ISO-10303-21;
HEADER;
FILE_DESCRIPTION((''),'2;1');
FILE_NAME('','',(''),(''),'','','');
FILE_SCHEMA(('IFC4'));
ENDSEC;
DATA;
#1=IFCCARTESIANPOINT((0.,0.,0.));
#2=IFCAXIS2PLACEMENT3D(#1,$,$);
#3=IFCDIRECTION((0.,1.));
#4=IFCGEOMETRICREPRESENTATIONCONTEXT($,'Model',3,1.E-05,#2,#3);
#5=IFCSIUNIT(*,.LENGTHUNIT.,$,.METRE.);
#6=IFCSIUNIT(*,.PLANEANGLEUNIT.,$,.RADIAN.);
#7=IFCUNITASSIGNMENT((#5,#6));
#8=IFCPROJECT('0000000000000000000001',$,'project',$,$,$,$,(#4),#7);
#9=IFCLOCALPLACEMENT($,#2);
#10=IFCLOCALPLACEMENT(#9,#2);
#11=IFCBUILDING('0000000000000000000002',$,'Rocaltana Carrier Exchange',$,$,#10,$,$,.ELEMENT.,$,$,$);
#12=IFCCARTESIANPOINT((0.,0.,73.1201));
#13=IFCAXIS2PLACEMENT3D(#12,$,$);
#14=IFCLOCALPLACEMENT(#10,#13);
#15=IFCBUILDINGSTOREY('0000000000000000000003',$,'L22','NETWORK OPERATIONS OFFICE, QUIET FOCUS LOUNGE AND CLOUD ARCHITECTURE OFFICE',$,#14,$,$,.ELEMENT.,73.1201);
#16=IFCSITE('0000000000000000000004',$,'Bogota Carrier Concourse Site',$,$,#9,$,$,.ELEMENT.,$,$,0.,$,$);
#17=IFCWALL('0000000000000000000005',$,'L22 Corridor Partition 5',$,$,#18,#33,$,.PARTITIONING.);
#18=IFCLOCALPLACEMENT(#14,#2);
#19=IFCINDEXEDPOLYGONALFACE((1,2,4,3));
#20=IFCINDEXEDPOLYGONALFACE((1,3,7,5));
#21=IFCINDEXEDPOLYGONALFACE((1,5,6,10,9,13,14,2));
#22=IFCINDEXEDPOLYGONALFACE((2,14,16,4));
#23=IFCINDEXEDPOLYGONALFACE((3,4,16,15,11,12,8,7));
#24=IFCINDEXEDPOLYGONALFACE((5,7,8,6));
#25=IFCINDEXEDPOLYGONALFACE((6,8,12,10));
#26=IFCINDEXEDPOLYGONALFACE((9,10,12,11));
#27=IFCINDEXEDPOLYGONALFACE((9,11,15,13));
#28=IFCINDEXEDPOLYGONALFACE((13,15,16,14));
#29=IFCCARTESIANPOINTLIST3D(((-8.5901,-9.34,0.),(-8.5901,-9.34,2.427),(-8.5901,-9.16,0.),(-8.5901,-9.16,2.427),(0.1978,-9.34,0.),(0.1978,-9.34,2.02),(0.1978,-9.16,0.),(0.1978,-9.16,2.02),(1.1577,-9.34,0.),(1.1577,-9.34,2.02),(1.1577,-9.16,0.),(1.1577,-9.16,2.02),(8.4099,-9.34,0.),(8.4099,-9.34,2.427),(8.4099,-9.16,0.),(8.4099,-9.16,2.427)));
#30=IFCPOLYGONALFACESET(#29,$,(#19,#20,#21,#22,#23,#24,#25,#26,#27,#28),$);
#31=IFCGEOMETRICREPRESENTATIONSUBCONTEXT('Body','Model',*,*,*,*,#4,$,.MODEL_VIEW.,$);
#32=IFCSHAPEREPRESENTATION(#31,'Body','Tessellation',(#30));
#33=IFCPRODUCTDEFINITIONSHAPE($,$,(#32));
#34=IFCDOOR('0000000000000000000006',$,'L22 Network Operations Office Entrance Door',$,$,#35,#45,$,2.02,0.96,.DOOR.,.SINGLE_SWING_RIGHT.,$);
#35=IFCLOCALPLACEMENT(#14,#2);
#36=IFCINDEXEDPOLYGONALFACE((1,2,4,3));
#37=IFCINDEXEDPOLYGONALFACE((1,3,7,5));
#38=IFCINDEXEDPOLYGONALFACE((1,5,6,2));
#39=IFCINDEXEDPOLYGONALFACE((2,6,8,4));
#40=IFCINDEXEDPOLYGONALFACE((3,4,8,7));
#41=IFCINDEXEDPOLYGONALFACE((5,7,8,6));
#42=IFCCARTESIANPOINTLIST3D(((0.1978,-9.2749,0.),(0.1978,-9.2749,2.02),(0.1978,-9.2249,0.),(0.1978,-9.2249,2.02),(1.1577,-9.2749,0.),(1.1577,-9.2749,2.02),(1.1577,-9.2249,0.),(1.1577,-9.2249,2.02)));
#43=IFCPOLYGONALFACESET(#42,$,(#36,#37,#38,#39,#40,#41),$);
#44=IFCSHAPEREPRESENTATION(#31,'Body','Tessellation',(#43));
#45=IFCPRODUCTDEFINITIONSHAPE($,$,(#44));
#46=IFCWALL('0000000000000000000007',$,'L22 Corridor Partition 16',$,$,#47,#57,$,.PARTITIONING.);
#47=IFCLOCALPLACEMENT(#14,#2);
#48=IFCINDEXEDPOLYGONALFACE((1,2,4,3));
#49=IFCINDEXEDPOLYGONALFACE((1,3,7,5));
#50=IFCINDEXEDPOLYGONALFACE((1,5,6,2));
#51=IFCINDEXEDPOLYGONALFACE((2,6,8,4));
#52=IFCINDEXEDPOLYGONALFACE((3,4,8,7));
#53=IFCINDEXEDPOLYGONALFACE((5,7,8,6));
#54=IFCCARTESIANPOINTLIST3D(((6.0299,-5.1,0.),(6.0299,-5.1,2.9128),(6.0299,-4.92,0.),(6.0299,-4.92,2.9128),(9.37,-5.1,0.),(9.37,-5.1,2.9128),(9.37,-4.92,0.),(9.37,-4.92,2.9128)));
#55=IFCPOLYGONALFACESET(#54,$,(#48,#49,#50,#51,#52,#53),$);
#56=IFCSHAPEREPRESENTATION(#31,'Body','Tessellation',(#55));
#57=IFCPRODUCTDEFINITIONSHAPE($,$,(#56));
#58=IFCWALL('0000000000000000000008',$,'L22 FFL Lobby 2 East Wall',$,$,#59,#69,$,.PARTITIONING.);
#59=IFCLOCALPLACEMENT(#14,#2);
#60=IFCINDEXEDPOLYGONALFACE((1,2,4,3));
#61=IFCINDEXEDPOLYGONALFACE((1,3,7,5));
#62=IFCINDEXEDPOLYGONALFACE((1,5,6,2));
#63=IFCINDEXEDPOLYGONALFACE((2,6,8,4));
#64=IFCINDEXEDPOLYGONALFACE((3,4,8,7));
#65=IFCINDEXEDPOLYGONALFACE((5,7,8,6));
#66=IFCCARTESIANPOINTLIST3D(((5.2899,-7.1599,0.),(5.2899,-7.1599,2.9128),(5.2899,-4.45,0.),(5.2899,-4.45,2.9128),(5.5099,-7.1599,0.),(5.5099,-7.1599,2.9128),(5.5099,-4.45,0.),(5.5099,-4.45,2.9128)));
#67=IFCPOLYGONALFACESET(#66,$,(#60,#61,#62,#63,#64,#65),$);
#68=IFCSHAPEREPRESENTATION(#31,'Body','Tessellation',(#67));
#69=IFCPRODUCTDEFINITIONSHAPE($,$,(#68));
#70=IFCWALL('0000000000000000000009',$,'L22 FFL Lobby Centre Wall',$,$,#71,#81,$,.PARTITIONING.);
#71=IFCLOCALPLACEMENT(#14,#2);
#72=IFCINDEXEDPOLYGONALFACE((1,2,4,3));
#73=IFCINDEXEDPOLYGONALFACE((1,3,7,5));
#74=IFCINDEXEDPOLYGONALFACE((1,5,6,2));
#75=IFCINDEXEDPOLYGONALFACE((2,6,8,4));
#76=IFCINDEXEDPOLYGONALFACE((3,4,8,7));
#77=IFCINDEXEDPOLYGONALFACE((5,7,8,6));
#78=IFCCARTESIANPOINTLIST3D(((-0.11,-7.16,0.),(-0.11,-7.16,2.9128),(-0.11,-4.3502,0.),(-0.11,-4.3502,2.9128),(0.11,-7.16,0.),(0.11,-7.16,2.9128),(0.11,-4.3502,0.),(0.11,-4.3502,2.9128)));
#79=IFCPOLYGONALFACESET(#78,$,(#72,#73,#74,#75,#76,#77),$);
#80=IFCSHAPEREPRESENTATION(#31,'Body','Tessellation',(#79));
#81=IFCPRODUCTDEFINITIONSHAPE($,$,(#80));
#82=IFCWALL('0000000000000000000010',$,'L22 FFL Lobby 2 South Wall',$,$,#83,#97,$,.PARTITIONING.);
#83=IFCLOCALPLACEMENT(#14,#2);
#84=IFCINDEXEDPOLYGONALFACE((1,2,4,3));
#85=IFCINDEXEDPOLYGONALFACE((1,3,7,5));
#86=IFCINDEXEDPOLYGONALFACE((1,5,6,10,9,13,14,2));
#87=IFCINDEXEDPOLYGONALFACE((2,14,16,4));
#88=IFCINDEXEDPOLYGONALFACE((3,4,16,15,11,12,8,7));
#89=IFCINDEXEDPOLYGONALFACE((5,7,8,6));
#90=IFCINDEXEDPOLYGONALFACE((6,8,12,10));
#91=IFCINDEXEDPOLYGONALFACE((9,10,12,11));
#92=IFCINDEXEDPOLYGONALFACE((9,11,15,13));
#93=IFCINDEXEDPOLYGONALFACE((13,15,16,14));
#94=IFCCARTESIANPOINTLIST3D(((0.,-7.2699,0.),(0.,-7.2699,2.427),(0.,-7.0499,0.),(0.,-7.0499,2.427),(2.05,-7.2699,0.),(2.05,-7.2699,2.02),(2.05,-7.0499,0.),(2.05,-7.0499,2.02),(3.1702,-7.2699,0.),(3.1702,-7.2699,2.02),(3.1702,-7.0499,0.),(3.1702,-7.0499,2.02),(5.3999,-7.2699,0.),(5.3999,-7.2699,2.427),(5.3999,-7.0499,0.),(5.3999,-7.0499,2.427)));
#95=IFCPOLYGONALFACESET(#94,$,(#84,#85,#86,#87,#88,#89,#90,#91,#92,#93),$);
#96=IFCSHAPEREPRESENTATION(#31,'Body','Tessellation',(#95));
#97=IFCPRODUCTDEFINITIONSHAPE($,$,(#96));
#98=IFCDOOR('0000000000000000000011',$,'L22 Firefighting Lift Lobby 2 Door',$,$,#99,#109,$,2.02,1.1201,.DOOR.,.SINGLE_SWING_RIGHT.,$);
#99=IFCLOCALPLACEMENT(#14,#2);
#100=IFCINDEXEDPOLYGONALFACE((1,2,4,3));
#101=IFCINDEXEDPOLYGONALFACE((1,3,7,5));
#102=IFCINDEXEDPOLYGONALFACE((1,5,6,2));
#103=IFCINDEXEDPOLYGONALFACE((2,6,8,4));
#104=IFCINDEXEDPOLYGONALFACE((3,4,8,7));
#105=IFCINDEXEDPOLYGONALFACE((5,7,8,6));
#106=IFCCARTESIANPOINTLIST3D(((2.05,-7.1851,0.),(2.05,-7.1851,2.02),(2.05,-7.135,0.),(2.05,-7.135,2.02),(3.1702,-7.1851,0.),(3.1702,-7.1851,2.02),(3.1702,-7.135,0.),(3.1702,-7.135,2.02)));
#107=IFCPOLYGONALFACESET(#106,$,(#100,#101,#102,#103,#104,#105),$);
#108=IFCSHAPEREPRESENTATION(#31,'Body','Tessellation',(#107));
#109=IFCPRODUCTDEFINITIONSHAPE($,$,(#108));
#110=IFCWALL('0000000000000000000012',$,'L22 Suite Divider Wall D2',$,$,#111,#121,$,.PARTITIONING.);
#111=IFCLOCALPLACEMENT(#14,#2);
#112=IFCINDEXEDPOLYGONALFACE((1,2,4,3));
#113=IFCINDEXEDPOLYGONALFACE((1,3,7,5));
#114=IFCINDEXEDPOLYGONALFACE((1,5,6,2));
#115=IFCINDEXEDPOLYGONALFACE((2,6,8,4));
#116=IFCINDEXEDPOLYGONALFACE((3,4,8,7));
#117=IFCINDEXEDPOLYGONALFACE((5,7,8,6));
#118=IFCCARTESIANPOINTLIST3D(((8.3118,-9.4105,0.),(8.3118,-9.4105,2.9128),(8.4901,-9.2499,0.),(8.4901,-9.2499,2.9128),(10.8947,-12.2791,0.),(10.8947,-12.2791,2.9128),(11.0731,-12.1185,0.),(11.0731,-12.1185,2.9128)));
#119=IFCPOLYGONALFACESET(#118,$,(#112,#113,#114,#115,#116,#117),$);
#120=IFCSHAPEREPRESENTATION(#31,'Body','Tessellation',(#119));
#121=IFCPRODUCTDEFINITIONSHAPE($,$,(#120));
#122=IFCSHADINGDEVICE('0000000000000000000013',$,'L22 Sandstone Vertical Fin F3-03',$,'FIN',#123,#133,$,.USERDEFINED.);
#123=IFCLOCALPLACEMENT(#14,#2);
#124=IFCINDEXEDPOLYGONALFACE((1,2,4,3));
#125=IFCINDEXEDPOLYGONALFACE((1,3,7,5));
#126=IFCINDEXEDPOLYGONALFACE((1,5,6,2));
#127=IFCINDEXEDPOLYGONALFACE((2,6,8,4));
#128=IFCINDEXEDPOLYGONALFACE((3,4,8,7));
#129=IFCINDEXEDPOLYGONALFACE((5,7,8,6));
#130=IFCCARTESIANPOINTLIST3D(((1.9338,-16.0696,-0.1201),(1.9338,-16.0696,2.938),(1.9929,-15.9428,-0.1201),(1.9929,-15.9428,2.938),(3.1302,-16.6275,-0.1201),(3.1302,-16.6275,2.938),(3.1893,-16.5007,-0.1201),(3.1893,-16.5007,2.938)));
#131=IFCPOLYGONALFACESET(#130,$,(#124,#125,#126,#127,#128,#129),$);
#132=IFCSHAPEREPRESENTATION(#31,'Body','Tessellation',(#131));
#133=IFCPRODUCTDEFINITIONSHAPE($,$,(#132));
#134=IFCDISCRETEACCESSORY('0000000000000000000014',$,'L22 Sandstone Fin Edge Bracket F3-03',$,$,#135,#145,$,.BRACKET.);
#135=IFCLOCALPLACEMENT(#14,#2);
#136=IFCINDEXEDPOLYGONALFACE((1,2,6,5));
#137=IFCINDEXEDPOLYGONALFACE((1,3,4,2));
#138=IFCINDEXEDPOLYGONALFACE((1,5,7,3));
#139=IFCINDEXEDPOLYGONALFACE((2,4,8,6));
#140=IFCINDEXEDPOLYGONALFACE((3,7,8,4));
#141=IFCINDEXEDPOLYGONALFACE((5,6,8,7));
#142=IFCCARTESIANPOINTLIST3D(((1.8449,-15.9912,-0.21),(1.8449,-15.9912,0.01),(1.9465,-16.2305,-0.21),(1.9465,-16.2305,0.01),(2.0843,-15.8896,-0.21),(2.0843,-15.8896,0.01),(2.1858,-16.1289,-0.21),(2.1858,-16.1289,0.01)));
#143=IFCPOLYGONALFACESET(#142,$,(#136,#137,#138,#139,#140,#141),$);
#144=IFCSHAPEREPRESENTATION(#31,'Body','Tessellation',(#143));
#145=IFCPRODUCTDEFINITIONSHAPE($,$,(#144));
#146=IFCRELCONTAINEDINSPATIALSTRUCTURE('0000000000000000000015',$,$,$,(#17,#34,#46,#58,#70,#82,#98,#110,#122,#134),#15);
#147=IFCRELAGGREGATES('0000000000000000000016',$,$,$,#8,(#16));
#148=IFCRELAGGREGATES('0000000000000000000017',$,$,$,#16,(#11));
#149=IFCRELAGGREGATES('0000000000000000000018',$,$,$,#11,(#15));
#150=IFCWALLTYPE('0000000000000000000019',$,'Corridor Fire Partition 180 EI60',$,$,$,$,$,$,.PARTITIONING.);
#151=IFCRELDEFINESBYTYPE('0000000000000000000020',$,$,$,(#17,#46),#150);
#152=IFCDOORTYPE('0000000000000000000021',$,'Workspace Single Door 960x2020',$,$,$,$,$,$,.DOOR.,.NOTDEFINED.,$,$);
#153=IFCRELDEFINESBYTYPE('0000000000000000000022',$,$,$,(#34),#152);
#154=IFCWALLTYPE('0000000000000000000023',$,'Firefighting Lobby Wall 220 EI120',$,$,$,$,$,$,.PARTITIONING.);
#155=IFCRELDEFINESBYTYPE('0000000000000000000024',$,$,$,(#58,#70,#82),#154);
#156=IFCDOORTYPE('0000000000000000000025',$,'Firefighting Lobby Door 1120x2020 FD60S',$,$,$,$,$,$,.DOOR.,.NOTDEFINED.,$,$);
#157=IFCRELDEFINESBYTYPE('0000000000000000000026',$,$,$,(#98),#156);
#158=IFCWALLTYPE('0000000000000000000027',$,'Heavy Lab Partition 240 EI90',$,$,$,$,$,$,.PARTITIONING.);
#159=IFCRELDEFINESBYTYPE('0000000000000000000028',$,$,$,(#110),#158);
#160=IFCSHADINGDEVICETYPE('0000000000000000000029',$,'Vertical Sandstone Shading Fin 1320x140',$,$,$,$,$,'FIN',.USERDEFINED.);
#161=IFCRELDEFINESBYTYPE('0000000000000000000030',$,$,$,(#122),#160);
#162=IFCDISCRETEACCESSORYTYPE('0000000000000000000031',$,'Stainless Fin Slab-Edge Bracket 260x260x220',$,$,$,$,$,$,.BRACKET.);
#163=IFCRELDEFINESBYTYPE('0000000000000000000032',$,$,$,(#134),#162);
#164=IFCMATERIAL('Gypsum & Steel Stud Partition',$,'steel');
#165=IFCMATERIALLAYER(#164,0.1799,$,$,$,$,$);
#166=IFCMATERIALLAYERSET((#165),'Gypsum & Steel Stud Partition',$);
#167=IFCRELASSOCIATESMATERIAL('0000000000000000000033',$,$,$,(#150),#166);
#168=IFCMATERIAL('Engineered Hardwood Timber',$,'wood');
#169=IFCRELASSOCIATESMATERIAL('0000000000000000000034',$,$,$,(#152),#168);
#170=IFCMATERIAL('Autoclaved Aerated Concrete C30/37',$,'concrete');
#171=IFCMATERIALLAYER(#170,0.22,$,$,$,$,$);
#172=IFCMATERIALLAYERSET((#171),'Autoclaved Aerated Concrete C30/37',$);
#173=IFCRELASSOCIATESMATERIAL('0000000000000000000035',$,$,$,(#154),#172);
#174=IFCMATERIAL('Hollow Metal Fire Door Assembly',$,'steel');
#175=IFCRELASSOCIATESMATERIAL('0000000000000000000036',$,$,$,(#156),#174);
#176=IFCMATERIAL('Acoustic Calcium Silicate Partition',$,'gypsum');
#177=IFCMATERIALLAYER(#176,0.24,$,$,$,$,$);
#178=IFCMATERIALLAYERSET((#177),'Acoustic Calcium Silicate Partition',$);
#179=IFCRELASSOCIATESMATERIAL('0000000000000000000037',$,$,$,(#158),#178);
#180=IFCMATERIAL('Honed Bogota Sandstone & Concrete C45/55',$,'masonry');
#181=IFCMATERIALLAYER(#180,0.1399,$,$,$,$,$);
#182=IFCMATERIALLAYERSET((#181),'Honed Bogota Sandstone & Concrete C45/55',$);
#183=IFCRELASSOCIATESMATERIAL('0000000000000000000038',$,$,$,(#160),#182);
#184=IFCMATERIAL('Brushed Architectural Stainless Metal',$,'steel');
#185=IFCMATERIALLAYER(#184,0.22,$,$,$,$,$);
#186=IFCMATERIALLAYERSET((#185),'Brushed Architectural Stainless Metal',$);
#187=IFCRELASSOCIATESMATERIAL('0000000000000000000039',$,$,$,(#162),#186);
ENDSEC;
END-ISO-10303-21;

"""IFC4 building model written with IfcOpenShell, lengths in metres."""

from ifc_helpers import new_model, si_unit, direction, frame, frame_2d, origin, origin_2d, place, context, subcontext, project, spatial, rectangle, extrude, material, layer, layer_set, type_object, element, fill, save


model = new_model("IFC4")

# Units and contexts
model_context = context("Model", 3, precision=1e-05, world=origin(), true_north=direction((0.0, 1.0)))
body_context = subcontext(model_context, "Body", "Model", "MODEL_VIEW")
ifc_project = project(units=[si_unit("LENGTHUNIT", "METRE"), si_unit("PLANEANGLEUNIT", "RADIAN")], contexts=[model_context])

# Site, building, storey
site_placement = place(None, origin())
site = spatial("IfcSite", under=ifc_project, at=site_placement, Name="Bogota Carrier Concourse Site", CompositionType="ELEMENT", RefElevation=0.0)
building_placement = place(site_placement, origin())
building = spatial("IfcBuilding", under=site, at=building_placement, Name="Rocaltana Carrier Exchange", CompositionType="ELEMENT")
storey_placement = place(building_placement, frame((0.0, 0.0, 73.1201)))
storey = spatial("IfcBuildingStorey", under=building, at=storey_placement, Name="L22", Description="NETWORK OPERATIONS OFFICE, QUIET FOCUS LOUNGE AND CLOUD ARCHITECTURE OFFICE", CompositionType="ELEMENT", Elevation=73.1201)

# Wall, opening, door
ifc_material_1 = material(Name="Gypsum & Steel Stud Partition", Category="steel")
ifc_layer_1 = layer(ifc_material_1, 0.1799)
ifc_layer_set_1 = layer_set([ifc_layer_1], Name="Gypsum & Steel Stud Partition")
wall_type_1 = type_object("IfcWallType", Name="Corridor Fire Partition 180 EI60", PredefinedType="PARTITIONING", material=ifc_layer_set_1)
wall_1_placement = place(storey_placement, frame((8.4099, -9.25, 0.0), z_axis=(0.0, 0.0, 1.0), x_axis=(-1.0, 0.0, 0.0)))
wall_1 = element("IfcWall", 1, at=wall_1_placement, inside=storey, type_object=wall_type_1, Name="L22 Corridor Partition 5", PredefinedType="PARTITIONING", context=body_context, shape_type="SweptSolid", body=[
    extrude(rectangle(XDim=17.0, YDim=0.1799, at=frame_2d((8.5, 0.0))), origin(), (0.0, 0.0, 1.0), 2.427),
])
opening_1_placement = place(wall_1_placement, frame((7.2522, 0.0, 0.0)))
opening_1 = element("IfcOpeningElement", 2, at=opening_1_placement, cuts=wall_1, PredefinedType="OPENING", context=body_context, shape_type="SweptSolid", body=[
    extrude(rectangle(XDim=0.96, YDim=2.02, at=frame_2d((0.48, 1.01))), frame((0.0, 0.0999, 0.0), z_axis=(0.0, -1.0, 0.0), x_axis=(1.0, 0.0, 0.0)), (0.0, 0.0, 1.0), 0.2),
])
ifc_material_2 = material(Name="Engineered Hardwood Timber", Category="wood")
door_type_1 = type_object("IfcDoorType", Name="Workspace Single Door 960x2020", OperationType="NOTDEFINED", PredefinedType="DOOR", material=ifc_material_2)
door_1_placement = place(opening_1_placement, origin())
door_1 = element("IfcDoor", 3, at=door_1_placement, inside=storey, type_object=door_type_1, Name="L22 Network Operations Office Entrance Door", OperationType="SINGLE_SWING_RIGHT", OverallHeight=2.02, OverallWidth=0.96, PredefinedType="DOOR", context=body_context, shape_type="SweptSolid", body=[
    extrude(rectangle(XDim=0.96, YDim=2.02, at=frame_2d((0.48, 1.01))), frame((0.0, 0.0249, 0.0), z_axis=(0.0, -1.0, 0.0), x_axis=(1.0, 0.0, 0.0)), (0.0, 0.0, 1.0), 0.05),
])
fill(opening_1, door_1)

# Walls
wall_2_placement = place(storey_placement, frame((6.03, -5.01, 0.0), z_axis=(0.0, 0.0, 1.0), x_axis=(1.0, 0.0, 0.0)))
element("IfcWall", 4, at=wall_2_placement, inside=storey, type_object=wall_type_1, Name="L22 Corridor Partition 16", PredefinedType="PARTITIONING", context=body_context, shape_type="SweptSolid", body=[
    extrude(rectangle(XDim=3.3401, YDim=0.1799, at=frame_2d((1.6699, 0.0))), origin(), (0.0, 0.0, 1.0), 2.9128),
])
ifc_material_3 = material(Name="Autoclaved Aerated Concrete C30/37", Category="concrete")
ifc_layer_2 = layer(ifc_material_3, 0.22)
ifc_layer_set_2 = layer_set([ifc_layer_2], Name="Autoclaved Aerated Concrete C30/37")
wall_type_2 = type_object("IfcWallType", Name="Firefighting Lobby Wall 220 EI120", PredefinedType="PARTITIONING", material=ifc_layer_set_2)
wall_3_placement = place(storey_placement, frame((5.3999, -7.1599, 0.0), z_axis=(0.0, 0.0, 1.0), x_axis=(0.0, 1.0, 0.0)))
element("IfcWall", 5, at=wall_3_placement, inside=storey, type_object=wall_type_2, Name="L22 FFL Lobby 2 East Wall", PredefinedType="PARTITIONING", context=body_context, shape_type="SweptSolid", body=[
    extrude(rectangle(XDim=2.71, YDim=0.22, at=frame_2d((1.355, 0.0))), origin(), (0.0, 0.0, 1.0), 2.9128),
])
wall_4_placement = place(storey_placement, frame((0.0, -7.1599, 0.0), z_axis=(0.0, 0.0, 1.0), x_axis=(0.0, 1.0, 0.0)))
element("IfcWall", 6, at=wall_4_placement, inside=storey, type_object=wall_type_2, Name="L22 FFL Lobby Centre Wall", PredefinedType="PARTITIONING", context=body_context, shape_type="SweptSolid", body=[
    extrude(rectangle(XDim=2.8098, YDim=0.22, at=frame_2d((1.4048, 0.0))), origin(), (0.0, 0.0, 1.0), 2.9128),
])

# Wall, opening, door
wall_5_placement = place(storey_placement, frame((0.0, -7.1599, 0.0), z_axis=(0.0, 0.0, 1.0), x_axis=(1.0, 0.0, 0.0)))
wall_5 = element("IfcWall", 7, at=wall_5_placement, inside=storey, type_object=wall_type_2, Name="L22 FFL Lobby 2 South Wall", PredefinedType="PARTITIONING", context=body_context, shape_type="SweptSolid", body=[
    extrude(rectangle(XDim=5.3999, YDim=0.22, at=frame_2d((2.7, 0.0))), origin(), (0.0, 0.0, 1.0), 2.427),
])
opening_2_placement = place(wall_5_placement, frame((2.05, 0.0, 0.0)))
opening_2 = element("IfcOpeningElement", 8, at=opening_2_placement, cuts=wall_5, PredefinedType="OPENING", context=body_context, shape_type="SweptSolid", body=[
    extrude(rectangle(XDim=1.1201, YDim=2.02, at=frame_2d((0.5601, 1.01))), frame((0.0, 0.1199, 0.0), z_axis=(0.0, -1.0, 0.0), x_axis=(1.0, 0.0, 0.0)), (0.0, 0.0, 1.0), 0.24),
])
ifc_material_4 = material(Name="Hollow Metal Fire Door Assembly", Category="steel")
door_type_2 = type_object("IfcDoorType", Name="Firefighting Lobby Door 1120x2020 FD60S", OperationType="NOTDEFINED", PredefinedType="DOOR", material=ifc_material_4)
door_2_placement = place(opening_2_placement, origin())
door_2 = element("IfcDoor", 9, at=door_2_placement, inside=storey, type_object=door_type_2, Name="L22 Firefighting Lift Lobby 2 Door", OperationType="SINGLE_SWING_RIGHT", OverallHeight=2.02, OverallWidth=1.1201, PredefinedType="DOOR", context=body_context, shape_type="SweptSolid", body=[
    extrude(rectangle(XDim=1.1201, YDim=2.02, at=frame_2d((0.5601, 1.01))), frame((0.0, 0.0249, 0.0), z_axis=(0.0, -1.0, 0.0), x_axis=(1.0, 0.0, 0.0)), (0.0, 0.0, 1.0), 0.05),
])
fill(opening_2, door_2)

# Wall
ifc_material_5 = material(Name="Acoustic Calcium Silicate Partition", Category="gypsum")
ifc_layer_3 = layer(ifc_material_5, 0.24)
ifc_layer_set_3 = layer_set([ifc_layer_3], Name="Acoustic Calcium Silicate Partition")
wall_type_3 = type_object("IfcWallType", Name="Heavy Lab Partition 240 EI90", PredefinedType="PARTITIONING", material=ifc_layer_set_3)
wall_6_placement = place(storey_placement, frame((8.4009, -9.3301, 0.0), z_axis=(0.0, 0.0, 1.0), x_axis=(0.669139, -0.743137, 0.0)))
element("IfcWall", 10, at=wall_6_placement, inside=storey, type_object=wall_type_3, Name="L22 Suite Divider Wall D2", PredefinedType="PARTITIONING", context=body_context, shape_type="SweptSolid", body=[
    extrude(rectangle(XDim=3.8601, YDim=0.24, at=frame_2d((1.9302, 0.0))), origin(), (0.0, 0.0, 1.0), 2.9128),
])

# Shading device
ifc_material_6 = material(Name="Honed Bogota Sandstone & Concrete C45/55", Category="masonry")
ifc_layer_4 = layer(ifc_material_6, 0.1399)
ifc_layer_set_4 = layer_set([ifc_layer_4], Name="Honed Bogota Sandstone & Concrete C45/55")
shading_device_type = type_object("IfcShadingDeviceType", Name="Vertical Sandstone Shading Fin 1320x140", ElementType="FIN", PredefinedType="USERDEFINED", material=ifc_layer_set_4)
shading_device_placement = place(storey_placement, frame((2.5615, -16.2852, -0.1201), z_axis=(0.0, 0.0, 1.0), x_axis=(0.906308, -0.422618, 0.0)))
element("IfcShadingDevice", 11, at=shading_device_placement, inside=storey, type_object=shading_device_type, Name="L22 Sandstone Vertical Fin F3-03", ObjectType="FIN", PredefinedType="USERDEFINED", context=body_context, shape_type="SweptSolid", body=[
    extrude(rectangle(XDim=1.3201, YDim=0.1399, at=origin_2d()), origin(), (0.0, 0.0, 1.0), 3.0581),
])

# Discrete accessory
ifc_material_7 = material(Name="Brushed Architectural Stainless Metal", Category="steel")
ifc_layer_5 = layer(ifc_material_7, 0.22)
ifc_layer_set_5 = layer_set([ifc_layer_5], Name="Brushed Architectural Stainless Metal")
discrete_accessory_type = type_object("IfcDiscreteAccessoryType", Name="Stainless Fin Slab-Edge Bracket 260x260x220", PredefinedType="BRACKET", material=ifc_layer_set_5)
discrete_accessory_placement = place(storey_placement, frame((2.0154, -16.0601, -0.21), z_axis=(0.0, 0.0, 1.0), x_axis=(0.920505, 0.390731, 0.0)))
element("IfcDiscreteAccessory", 12, at=discrete_accessory_placement, inside=storey, type_object=discrete_accessory_type, Name="L22 Sandstone Fin Edge Bracket F3-03", PredefinedType="BRACKET", context=body_context, shape_type="SweptSolid", body=[
    extrude(rectangle(XDim=0.26, YDim=0.26, at=origin_2d()), origin(), (0.0, 0.0, 1.0), 0.22),
])

save(model, "model.ifc")
